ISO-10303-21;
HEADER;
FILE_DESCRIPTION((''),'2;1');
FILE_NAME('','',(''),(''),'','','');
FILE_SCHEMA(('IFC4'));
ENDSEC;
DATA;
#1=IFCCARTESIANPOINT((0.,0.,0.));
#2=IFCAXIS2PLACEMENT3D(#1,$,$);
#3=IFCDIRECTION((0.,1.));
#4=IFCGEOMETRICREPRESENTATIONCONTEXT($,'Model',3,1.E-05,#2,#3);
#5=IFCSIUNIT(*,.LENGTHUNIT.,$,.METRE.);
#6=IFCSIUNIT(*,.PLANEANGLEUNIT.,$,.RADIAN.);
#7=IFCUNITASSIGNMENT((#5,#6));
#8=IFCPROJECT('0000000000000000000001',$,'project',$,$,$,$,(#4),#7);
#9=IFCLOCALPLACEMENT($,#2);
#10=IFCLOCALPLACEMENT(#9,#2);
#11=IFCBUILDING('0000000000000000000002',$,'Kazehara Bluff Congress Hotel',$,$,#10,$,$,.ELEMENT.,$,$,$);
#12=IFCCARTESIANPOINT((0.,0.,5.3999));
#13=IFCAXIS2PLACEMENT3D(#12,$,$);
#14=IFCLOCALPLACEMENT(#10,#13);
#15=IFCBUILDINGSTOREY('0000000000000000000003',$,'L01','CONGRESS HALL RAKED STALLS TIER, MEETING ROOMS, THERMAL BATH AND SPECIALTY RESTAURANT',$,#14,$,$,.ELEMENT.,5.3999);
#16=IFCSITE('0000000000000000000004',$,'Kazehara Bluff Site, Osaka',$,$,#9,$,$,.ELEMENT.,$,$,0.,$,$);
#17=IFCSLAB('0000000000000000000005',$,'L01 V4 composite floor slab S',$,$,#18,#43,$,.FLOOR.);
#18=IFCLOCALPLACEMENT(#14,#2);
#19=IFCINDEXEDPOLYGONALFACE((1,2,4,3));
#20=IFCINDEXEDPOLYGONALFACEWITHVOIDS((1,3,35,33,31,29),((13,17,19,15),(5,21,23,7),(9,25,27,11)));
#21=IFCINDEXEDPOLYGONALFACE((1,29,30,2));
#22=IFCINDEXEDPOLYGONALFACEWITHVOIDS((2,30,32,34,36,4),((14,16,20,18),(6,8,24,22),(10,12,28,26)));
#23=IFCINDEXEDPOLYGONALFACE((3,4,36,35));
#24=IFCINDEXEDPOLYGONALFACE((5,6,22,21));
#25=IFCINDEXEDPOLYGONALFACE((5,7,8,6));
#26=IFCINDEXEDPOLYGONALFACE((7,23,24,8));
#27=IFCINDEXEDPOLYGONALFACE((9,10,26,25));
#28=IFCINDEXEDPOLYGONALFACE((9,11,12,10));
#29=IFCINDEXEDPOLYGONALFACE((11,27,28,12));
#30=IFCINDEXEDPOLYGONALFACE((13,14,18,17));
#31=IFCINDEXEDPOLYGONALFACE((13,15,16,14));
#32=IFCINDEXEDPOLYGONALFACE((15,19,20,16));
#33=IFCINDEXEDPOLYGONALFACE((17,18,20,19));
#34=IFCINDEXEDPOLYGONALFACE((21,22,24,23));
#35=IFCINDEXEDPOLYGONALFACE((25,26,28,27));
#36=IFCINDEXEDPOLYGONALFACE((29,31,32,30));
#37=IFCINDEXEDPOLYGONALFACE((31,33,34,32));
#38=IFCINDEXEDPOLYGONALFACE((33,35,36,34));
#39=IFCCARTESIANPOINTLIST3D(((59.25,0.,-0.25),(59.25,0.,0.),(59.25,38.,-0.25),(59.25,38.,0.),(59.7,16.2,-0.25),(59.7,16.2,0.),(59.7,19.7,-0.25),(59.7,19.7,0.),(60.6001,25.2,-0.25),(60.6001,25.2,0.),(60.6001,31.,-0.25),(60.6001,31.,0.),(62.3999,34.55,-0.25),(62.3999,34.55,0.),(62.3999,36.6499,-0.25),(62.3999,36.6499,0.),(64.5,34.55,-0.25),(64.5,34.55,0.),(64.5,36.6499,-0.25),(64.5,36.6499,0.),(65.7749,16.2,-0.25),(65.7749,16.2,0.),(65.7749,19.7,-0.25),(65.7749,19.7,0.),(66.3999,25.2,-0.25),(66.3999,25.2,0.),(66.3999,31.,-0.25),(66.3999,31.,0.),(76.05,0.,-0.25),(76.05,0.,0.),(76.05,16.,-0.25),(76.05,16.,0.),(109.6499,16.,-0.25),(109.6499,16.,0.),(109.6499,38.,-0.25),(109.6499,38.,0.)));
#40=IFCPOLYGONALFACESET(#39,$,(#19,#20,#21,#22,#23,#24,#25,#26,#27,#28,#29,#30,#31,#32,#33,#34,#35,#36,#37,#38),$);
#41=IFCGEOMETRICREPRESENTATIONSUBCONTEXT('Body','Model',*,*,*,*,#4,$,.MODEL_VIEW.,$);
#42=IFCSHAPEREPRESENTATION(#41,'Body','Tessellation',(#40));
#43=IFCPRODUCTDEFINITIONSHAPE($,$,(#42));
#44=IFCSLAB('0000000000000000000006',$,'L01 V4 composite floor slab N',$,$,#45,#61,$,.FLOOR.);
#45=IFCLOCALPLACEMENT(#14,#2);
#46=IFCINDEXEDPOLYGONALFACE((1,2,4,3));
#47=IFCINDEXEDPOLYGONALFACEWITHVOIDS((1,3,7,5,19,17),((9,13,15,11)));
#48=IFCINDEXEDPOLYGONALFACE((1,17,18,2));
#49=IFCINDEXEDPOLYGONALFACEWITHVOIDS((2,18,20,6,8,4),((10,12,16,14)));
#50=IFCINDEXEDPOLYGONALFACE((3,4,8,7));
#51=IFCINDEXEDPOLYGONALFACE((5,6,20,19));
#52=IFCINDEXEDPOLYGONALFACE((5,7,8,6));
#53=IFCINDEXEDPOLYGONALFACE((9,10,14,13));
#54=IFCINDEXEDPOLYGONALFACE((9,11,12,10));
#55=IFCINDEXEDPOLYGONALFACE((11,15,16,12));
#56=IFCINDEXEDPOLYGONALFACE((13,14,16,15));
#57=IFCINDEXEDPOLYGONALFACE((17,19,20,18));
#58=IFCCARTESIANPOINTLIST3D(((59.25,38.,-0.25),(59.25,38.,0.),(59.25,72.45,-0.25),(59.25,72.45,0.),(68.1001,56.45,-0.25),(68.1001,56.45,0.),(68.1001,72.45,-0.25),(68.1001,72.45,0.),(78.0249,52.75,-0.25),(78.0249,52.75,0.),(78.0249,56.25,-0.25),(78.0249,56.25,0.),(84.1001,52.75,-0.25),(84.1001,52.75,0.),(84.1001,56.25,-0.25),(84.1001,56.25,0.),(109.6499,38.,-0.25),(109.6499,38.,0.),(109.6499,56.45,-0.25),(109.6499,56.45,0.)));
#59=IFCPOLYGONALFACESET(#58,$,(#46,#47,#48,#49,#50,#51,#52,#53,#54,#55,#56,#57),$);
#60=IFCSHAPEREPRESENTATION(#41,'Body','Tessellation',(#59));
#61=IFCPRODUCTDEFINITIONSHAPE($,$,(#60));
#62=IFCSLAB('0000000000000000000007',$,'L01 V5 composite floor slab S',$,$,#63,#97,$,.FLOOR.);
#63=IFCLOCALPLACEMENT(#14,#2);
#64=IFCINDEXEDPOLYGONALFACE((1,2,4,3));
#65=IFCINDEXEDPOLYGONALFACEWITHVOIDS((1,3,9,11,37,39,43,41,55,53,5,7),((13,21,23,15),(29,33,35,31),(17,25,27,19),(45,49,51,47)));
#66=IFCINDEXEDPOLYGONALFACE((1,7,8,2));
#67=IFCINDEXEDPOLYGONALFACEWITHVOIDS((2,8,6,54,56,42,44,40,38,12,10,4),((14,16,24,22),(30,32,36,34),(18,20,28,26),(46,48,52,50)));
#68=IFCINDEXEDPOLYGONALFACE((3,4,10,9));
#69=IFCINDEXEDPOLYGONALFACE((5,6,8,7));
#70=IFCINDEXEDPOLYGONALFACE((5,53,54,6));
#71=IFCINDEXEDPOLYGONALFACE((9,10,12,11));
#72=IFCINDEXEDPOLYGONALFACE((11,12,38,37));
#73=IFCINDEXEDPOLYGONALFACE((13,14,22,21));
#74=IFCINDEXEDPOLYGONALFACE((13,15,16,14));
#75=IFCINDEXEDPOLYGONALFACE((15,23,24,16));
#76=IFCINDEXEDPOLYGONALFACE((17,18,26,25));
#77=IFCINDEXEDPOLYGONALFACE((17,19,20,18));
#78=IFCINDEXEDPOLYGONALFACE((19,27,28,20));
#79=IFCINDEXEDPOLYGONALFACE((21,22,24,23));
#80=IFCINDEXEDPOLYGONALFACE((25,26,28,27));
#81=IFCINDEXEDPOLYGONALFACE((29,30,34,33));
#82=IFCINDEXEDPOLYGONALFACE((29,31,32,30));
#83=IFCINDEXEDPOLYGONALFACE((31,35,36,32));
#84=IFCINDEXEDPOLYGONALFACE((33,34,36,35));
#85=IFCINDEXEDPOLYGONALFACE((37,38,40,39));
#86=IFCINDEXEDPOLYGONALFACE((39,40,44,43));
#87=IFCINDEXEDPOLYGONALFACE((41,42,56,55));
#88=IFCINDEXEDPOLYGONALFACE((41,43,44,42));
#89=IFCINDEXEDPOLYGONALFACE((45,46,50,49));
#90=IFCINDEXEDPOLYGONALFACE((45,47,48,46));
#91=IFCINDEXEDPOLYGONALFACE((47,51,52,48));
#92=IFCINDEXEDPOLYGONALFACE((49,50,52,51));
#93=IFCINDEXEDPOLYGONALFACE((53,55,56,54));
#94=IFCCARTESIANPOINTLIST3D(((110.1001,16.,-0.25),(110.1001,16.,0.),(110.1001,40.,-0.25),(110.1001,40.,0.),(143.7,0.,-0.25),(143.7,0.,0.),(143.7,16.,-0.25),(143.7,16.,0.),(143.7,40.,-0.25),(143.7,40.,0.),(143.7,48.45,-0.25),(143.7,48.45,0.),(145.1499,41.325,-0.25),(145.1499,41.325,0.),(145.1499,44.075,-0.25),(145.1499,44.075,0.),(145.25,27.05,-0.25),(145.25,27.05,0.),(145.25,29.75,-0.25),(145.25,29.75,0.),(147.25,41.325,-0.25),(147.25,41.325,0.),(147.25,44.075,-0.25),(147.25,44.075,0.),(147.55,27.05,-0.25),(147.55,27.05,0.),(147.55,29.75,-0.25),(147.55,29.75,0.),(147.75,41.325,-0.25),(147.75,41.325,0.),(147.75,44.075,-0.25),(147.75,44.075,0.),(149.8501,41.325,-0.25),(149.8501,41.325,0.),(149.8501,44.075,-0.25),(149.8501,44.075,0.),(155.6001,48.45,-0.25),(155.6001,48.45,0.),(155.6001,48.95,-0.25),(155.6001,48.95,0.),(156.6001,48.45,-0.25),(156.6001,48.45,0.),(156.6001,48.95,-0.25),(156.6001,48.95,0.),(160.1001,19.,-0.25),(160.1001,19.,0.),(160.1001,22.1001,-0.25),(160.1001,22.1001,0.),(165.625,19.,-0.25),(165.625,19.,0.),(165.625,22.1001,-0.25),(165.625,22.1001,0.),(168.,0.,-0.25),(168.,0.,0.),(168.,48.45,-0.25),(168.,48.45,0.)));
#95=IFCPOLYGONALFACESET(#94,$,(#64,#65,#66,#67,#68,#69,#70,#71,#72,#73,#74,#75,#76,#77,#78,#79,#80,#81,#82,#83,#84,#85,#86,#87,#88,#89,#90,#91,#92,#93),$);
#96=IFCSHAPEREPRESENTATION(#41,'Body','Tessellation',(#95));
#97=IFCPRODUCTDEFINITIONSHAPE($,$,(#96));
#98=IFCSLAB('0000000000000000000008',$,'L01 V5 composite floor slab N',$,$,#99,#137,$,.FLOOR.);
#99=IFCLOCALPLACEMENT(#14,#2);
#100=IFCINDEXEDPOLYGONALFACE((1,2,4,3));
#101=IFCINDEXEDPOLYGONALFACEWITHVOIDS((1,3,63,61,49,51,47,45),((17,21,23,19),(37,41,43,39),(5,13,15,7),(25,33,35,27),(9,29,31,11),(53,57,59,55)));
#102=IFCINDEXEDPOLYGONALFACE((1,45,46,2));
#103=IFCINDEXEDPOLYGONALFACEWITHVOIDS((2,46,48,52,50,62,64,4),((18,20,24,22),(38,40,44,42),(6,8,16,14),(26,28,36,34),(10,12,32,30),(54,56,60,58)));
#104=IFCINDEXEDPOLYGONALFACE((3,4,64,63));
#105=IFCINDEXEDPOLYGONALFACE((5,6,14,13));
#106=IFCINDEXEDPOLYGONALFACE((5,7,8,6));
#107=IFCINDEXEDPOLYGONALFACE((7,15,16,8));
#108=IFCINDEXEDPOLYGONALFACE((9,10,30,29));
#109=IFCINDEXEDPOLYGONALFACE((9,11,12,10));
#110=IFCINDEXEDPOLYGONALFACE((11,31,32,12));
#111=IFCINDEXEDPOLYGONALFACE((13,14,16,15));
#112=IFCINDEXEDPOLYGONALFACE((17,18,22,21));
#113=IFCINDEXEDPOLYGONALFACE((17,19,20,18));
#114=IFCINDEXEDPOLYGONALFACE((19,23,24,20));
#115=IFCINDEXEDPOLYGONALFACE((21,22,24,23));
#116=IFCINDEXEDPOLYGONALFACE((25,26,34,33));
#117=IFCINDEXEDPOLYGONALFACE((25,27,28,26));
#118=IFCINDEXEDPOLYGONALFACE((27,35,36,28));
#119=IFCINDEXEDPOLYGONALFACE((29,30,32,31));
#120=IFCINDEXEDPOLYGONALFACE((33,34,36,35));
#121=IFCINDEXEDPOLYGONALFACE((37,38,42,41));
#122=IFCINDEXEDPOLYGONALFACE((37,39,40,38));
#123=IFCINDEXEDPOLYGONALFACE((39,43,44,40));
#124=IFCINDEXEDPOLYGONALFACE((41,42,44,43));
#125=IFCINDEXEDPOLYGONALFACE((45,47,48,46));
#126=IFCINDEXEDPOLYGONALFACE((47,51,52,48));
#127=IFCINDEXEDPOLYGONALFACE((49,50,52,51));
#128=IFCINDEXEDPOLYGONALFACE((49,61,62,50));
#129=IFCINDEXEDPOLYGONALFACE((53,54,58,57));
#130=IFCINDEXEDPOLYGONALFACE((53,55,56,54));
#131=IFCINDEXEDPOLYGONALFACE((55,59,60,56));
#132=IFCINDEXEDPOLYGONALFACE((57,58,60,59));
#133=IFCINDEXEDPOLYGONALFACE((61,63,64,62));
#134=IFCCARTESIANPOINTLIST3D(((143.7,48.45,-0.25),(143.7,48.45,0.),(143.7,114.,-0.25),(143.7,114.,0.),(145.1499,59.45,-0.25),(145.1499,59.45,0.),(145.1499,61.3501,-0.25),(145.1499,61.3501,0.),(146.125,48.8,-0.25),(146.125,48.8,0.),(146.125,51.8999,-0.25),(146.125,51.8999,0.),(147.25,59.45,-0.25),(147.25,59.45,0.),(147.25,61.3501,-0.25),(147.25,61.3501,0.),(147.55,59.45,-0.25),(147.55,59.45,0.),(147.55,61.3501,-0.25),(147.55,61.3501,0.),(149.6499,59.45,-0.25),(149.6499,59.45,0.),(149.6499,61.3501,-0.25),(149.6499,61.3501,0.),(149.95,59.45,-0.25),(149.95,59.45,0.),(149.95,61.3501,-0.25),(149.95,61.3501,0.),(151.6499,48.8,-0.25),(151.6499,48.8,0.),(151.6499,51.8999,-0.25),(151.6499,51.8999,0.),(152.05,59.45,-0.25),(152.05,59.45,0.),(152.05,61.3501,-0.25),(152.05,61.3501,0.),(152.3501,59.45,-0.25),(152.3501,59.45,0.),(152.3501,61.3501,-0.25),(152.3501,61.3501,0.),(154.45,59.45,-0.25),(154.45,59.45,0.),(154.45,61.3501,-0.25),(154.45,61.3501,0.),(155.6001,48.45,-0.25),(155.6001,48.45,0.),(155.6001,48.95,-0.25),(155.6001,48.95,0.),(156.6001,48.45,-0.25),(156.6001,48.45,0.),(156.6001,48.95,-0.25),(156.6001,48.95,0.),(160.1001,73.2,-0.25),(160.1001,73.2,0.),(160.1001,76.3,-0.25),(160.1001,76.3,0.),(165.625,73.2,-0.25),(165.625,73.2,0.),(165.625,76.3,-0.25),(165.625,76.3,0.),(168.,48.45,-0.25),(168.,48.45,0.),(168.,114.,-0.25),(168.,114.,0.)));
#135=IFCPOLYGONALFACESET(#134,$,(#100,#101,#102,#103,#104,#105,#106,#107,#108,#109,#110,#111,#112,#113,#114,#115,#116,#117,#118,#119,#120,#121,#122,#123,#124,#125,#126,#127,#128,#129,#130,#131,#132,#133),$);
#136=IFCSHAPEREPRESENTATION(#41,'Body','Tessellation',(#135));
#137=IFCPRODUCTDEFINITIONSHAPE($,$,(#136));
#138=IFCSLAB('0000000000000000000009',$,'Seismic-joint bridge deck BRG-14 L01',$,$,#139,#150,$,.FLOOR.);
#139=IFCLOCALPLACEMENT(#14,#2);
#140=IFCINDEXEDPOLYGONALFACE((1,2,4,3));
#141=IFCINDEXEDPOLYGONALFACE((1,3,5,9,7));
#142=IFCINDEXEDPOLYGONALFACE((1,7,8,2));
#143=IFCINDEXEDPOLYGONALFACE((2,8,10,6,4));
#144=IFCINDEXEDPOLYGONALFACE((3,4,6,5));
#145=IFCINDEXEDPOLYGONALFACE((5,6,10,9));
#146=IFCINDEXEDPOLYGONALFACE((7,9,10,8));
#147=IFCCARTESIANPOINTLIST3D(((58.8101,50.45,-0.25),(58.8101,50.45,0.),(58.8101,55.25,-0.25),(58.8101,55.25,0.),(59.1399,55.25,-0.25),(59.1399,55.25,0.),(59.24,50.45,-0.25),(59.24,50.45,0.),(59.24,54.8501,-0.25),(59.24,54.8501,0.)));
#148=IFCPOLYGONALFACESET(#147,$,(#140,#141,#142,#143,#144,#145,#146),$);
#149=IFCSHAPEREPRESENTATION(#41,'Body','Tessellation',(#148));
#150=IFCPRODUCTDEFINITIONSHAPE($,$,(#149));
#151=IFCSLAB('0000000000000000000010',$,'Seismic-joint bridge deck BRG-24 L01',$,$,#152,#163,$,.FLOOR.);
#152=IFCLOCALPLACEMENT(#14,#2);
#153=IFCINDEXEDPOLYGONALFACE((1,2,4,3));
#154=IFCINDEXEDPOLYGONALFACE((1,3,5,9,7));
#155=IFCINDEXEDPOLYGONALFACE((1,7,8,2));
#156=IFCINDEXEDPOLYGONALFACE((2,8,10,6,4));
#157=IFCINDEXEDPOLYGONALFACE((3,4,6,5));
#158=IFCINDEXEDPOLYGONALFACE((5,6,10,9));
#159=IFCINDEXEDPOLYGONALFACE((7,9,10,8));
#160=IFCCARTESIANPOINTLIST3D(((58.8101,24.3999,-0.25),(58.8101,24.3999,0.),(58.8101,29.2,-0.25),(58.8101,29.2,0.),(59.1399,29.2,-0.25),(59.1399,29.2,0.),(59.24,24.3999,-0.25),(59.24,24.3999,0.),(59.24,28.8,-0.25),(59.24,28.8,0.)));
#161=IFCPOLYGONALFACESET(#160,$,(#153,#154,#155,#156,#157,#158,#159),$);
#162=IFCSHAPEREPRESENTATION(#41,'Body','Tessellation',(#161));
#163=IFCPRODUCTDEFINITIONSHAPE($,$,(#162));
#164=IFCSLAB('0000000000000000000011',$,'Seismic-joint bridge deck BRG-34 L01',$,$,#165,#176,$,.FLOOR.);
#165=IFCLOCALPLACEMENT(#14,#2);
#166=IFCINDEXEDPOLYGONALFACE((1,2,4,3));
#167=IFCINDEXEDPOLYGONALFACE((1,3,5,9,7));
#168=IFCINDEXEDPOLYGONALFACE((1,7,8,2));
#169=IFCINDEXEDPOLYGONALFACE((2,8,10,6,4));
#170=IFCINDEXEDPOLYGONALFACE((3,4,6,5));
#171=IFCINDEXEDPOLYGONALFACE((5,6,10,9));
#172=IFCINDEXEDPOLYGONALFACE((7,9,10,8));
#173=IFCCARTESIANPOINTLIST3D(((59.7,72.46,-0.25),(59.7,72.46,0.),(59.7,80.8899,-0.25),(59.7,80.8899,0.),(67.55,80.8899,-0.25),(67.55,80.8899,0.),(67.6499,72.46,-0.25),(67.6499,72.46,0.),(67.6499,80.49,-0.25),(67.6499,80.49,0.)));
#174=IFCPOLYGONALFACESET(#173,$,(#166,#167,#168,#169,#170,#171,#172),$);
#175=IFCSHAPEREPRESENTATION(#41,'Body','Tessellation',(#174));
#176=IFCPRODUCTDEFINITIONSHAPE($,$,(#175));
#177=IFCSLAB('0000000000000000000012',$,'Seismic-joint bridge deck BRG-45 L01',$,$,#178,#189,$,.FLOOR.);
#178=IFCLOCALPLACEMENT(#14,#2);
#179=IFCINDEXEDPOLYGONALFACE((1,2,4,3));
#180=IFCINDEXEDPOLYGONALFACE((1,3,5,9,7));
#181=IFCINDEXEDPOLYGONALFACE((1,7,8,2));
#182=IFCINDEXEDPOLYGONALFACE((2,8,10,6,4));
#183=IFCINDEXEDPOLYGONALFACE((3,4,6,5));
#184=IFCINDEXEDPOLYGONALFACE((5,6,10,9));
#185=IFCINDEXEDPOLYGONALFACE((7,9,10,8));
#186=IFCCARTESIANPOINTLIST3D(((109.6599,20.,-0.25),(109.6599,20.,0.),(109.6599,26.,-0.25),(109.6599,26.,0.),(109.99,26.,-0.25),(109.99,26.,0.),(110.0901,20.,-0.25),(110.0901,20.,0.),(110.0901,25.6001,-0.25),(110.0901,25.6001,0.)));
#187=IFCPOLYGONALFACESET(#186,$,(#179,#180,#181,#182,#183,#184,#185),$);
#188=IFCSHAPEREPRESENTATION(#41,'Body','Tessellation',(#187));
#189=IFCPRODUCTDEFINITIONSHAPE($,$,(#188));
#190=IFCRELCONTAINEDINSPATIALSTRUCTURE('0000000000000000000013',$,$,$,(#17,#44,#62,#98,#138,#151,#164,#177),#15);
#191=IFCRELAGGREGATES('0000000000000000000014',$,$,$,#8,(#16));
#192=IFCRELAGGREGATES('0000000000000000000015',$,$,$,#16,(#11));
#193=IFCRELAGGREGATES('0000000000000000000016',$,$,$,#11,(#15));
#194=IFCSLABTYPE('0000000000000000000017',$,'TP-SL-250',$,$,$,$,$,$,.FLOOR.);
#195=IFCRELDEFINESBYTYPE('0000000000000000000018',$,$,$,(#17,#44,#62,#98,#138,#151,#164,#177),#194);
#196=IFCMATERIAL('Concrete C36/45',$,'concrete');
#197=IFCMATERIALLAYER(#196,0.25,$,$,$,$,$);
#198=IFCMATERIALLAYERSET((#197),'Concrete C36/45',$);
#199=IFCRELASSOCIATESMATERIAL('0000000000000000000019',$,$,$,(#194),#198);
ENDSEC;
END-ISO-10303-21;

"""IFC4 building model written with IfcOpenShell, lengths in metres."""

from ifc_helpers import new_model, si_unit, direction, frame, origin, place, context, subcontext, project, spatial, polyline, outline, extrude, material, layer, layer_set, type_object, element, save


model = new_model("IFC4")

# Units and contexts
model_context = context("Model", 3, precision=1e-05, world=origin(), true_north=direction((0.0, 1.0)))
body_context = subcontext(model_context, "Body", "Model", "MODEL_VIEW")
ifc_project = project(units=[si_unit("LENGTHUNIT", "METRE"), si_unit("PLANEANGLEUNIT", "RADIAN")], contexts=[model_context])

# Site, building, storey
site_placement = place(None, origin())
site = spatial("IfcSite", under=ifc_project, at=site_placement, Name="Kazehara Bluff Site, Osaka", CompositionType="ELEMENT", RefElevation=0.0)
building_placement = place(site_placement, origin())
building = spatial("IfcBuilding", under=site, at=building_placement, Name="Kazehara Bluff Congress Hotel", CompositionType="ELEMENT")
storey_placement = place(building_placement, frame((0.0, 0.0, 5.3999)))
storey = spatial("IfcBuildingStorey", under=building, at=storey_placement, Name="L01", Description="CONGRESS HALL RAKED STALLS TIER, MEETING ROOMS, THERMAL BATH AND SPECIALTY RESTAURANT", CompositionType="ELEMENT", Elevation=5.3999)

# Slabs
ifc_material_1 = material(Name="Concrete C36/45", Category="concrete")
ifc_layer_1 = layer(ifc_material_1, 0.25)
ifc_layer_set_1 = layer_set([ifc_layer_1], Name="Concrete C36/45")
slab_type_1 = type_object("IfcSlabType", Name="TP-SL-250", PredefinedType="FLOOR", material=ifc_layer_set_1)
slab_1_placement = place(storey_placement, frame((0.0, 0.0, -0.25)))
element("IfcSlab", 1, at=slab_1_placement, inside=storey, type_object=slab_type_1, Name="L01 V4 composite floor slab S", PredefinedType="FLOOR", context=body_context, shape_type="SweptSolid", body=[
    extrude(outline(polyline([(109.6499, 16.0), (76.05, 16.0), (76.05, 0.0), (59.25, 0.0), (59.25, 38.0), (109.6499, 38.0), (109.6499, 16.0)]), holes=[polyline([(65.7749, 19.7), (59.7, 19.7), (59.7, 16.2), (65.7749, 16.2), (65.7749, 19.7)]), polyline([(62.3999, 34.55), (64.5, 34.55), (64.5, 36.6499), (62.3999, 36.6499), (62.3999, 34.55)]), polyline([(60.6001, 25.2), (66.3999, 25.2), (66.3999, 31.0), (60.6001, 31.0), (60.6001, 25.2)])]), origin(), (0.0, 0.0, 1.0), 0.25),
])
slab_2_placement = place(storey_placement, frame((0.0, 0.0, -0.25)))
element("IfcSlab", 2, at=slab_2_placement, inside=storey, type_object=slab_type_1, Name="L01 V4 composite floor slab N", PredefinedType="FLOOR", context=body_context, shape_type="SweptSolid", body=[
    extrude(outline(polyline([(59.25, 72.45), (68.1001, 72.45), (68.1001, 56.45), (109.6499, 56.45), (109.6499, 38.0), (59.25, 38.0), (59.25, 72.45)]), holes=[polyline([(78.0249, 52.75), (84.1001, 52.75), (84.1001, 56.25), (78.0249, 56.25), (78.0249, 52.75)])]), origin(), (0.0, 0.0, 1.0), 0.25),
])
slab_3_placement = place(storey_placement, frame((0.0, 0.0, -0.25)))
element("IfcSlab", 3, at=slab_3_placement, inside=storey, type_object=slab_type_1, Name="L01 V5 composite floor slab S", PredefinedType="FLOOR", context=body_context, shape_type="SweptSolid", body=[
    extrude(outline(polyline([(143.7, 0.0), (143.7, 16.0), (110.1001, 16.0), (110.1001, 40.0), (143.7, 40.0), (143.7, 48.45), (155.6001, 48.45), (155.6001, 48.95), (156.6001, 48.95), (156.6001, 48.45), (168.0, 48.45), (168.0, 0.0), (143.7, 0.0)]), holes=[polyline([(165.625, 22.1001), (160.1001, 22.1001), (160.1001, 19.0), (165.625, 19.0), (165.625, 22.1001)]), polyline([(145.1499, 41.325), (147.25, 41.325), (147.25, 44.075), (145.1499, 44.075), (145.1499, 41.325)]), polyline([(147.75, 41.325), (149.8501, 41.325), (149.8501, 44.075), (147.75, 44.075), (147.75, 41.325)]), polyline([(145.25, 27.05), (147.55, 27.05), (147.55, 29.75), (145.25, 29.75), (145.25, 27.05)])]), origin(), (0.0, 0.0, 1.0), 0.25),
])
slab_4_placement = place(storey_placement, frame((0.0, 0.0, -0.25)))
element("IfcSlab", 4, at=slab_4_placement, inside=storey, type_object=slab_type_1, Name="L01 V5 composite floor slab N", PredefinedType="FLOOR", context=body_context, shape_type="SweptSolid", body=[
    extrude(outline(polyline([(168.0, 114.0), (168.0, 48.45), (156.6001, 48.45), (156.6001, 48.95), (155.6001, 48.95), (155.6001, 48.45), (143.7, 48.45), (143.7, 114.0), (168.0, 114.0)]), holes=[polyline([(146.125, 48.8), (151.6499, 48.8), (151.6499, 51.8999), (146.125, 51.8999), (146.125, 48.8)]), polyline([(165.625, 76.3), (160.1001, 76.3), (160.1001, 73.2), (165.625, 73.2), (165.625, 76.3)]), polyline([(145.1499, 59.45), (147.25, 59.45), (147.25, 61.3501), (145.1499, 61.3501), (145.1499, 59.45)]), polyline([(147.55, 59.45), (149.6499, 59.45), (149.6499, 61.3501), (147.55, 61.3501), (147.55, 59.45)]), polyline([(149.95, 59.45), (152.05, 59.45), (152.05, 61.3501), (149.95, 61.3501), (149.95, 59.45)]), polyline([(152.3501, 59.45), (154.45, 59.45), (154.45, 61.3501), (152.3501, 61.3501), (152.3501, 59.45)])]), origin(), (0.0, 0.0, 1.0), 0.25),
])
slab_5_placement = place(storey_placement, frame((0.0, 0.0, -0.25)))
element("IfcSlab", 5, at=slab_5_placement, inside=storey, type_object=slab_type_1, Name="Seismic-joint bridge deck BRG-14 L01", PredefinedType="FLOOR", context=body_context, shape_type="SweptSolid", body=[
    extrude(outline(polyline([(58.8101, 50.45), (59.24, 50.45), (59.24, 54.8501), (59.1399, 55.25), (58.8101, 55.25), (58.8101, 50.45)])), origin(), (0.0, 0.0, 1.0), 0.25),
])
slab_6_placement = place(storey_placement, frame((0.0, 0.0, -0.25)))
element("IfcSlab", 6, at=slab_6_placement, inside=storey, type_object=slab_type_1, Name="Seismic-joint bridge deck BRG-24 L01", PredefinedType="FLOOR", context=body_context, shape_type="SweptSolid", body=[
    extrude(outline(polyline([(58.8101, 24.3999), (59.24, 24.3999), (59.24, 28.8), (59.1399, 29.2), (58.8101, 29.2), (58.8101, 24.3999)])), origin(), (0.0, 0.0, 1.0), 0.25),
])
slab_7_placement = place(storey_placement, frame((0.0, 0.0, -0.25)))
element("IfcSlab", 7, at=slab_7_placement, inside=storey, type_object=slab_type_1, Name="Seismic-joint bridge deck BRG-34 L01", PredefinedType="FLOOR", context=body_context, shape_type="SweptSolid", body=[
    extrude(outline(polyline([(59.7, 72.46), (67.6499, 72.46), (67.6499, 80.49), (67.55, 80.8899), (59.7, 80.8899), (59.7, 72.46)])), origin(), (0.0, 0.0, 1.0), 0.25),
])
slab_8_placement = place(storey_placement, frame((0.0, 0.0, -0.25)))
element("IfcSlab", 8, at=slab_8_placement, inside=storey, type_object=slab_type_1, Name="Seismic-joint bridge deck BRG-45 L01", PredefinedType="FLOOR", context=body_context, shape_type="SweptSolid", body=[
    extrude(outline(polyline([(109.6599, 20.0), (110.0901, 20.0), (110.0901, 25.6001), (109.99, 26.0), (109.6599, 26.0), (109.6599, 20.0)])), origin(), (0.0, 0.0, 1.0), 0.25),
])

save(model, "model.ifc")
